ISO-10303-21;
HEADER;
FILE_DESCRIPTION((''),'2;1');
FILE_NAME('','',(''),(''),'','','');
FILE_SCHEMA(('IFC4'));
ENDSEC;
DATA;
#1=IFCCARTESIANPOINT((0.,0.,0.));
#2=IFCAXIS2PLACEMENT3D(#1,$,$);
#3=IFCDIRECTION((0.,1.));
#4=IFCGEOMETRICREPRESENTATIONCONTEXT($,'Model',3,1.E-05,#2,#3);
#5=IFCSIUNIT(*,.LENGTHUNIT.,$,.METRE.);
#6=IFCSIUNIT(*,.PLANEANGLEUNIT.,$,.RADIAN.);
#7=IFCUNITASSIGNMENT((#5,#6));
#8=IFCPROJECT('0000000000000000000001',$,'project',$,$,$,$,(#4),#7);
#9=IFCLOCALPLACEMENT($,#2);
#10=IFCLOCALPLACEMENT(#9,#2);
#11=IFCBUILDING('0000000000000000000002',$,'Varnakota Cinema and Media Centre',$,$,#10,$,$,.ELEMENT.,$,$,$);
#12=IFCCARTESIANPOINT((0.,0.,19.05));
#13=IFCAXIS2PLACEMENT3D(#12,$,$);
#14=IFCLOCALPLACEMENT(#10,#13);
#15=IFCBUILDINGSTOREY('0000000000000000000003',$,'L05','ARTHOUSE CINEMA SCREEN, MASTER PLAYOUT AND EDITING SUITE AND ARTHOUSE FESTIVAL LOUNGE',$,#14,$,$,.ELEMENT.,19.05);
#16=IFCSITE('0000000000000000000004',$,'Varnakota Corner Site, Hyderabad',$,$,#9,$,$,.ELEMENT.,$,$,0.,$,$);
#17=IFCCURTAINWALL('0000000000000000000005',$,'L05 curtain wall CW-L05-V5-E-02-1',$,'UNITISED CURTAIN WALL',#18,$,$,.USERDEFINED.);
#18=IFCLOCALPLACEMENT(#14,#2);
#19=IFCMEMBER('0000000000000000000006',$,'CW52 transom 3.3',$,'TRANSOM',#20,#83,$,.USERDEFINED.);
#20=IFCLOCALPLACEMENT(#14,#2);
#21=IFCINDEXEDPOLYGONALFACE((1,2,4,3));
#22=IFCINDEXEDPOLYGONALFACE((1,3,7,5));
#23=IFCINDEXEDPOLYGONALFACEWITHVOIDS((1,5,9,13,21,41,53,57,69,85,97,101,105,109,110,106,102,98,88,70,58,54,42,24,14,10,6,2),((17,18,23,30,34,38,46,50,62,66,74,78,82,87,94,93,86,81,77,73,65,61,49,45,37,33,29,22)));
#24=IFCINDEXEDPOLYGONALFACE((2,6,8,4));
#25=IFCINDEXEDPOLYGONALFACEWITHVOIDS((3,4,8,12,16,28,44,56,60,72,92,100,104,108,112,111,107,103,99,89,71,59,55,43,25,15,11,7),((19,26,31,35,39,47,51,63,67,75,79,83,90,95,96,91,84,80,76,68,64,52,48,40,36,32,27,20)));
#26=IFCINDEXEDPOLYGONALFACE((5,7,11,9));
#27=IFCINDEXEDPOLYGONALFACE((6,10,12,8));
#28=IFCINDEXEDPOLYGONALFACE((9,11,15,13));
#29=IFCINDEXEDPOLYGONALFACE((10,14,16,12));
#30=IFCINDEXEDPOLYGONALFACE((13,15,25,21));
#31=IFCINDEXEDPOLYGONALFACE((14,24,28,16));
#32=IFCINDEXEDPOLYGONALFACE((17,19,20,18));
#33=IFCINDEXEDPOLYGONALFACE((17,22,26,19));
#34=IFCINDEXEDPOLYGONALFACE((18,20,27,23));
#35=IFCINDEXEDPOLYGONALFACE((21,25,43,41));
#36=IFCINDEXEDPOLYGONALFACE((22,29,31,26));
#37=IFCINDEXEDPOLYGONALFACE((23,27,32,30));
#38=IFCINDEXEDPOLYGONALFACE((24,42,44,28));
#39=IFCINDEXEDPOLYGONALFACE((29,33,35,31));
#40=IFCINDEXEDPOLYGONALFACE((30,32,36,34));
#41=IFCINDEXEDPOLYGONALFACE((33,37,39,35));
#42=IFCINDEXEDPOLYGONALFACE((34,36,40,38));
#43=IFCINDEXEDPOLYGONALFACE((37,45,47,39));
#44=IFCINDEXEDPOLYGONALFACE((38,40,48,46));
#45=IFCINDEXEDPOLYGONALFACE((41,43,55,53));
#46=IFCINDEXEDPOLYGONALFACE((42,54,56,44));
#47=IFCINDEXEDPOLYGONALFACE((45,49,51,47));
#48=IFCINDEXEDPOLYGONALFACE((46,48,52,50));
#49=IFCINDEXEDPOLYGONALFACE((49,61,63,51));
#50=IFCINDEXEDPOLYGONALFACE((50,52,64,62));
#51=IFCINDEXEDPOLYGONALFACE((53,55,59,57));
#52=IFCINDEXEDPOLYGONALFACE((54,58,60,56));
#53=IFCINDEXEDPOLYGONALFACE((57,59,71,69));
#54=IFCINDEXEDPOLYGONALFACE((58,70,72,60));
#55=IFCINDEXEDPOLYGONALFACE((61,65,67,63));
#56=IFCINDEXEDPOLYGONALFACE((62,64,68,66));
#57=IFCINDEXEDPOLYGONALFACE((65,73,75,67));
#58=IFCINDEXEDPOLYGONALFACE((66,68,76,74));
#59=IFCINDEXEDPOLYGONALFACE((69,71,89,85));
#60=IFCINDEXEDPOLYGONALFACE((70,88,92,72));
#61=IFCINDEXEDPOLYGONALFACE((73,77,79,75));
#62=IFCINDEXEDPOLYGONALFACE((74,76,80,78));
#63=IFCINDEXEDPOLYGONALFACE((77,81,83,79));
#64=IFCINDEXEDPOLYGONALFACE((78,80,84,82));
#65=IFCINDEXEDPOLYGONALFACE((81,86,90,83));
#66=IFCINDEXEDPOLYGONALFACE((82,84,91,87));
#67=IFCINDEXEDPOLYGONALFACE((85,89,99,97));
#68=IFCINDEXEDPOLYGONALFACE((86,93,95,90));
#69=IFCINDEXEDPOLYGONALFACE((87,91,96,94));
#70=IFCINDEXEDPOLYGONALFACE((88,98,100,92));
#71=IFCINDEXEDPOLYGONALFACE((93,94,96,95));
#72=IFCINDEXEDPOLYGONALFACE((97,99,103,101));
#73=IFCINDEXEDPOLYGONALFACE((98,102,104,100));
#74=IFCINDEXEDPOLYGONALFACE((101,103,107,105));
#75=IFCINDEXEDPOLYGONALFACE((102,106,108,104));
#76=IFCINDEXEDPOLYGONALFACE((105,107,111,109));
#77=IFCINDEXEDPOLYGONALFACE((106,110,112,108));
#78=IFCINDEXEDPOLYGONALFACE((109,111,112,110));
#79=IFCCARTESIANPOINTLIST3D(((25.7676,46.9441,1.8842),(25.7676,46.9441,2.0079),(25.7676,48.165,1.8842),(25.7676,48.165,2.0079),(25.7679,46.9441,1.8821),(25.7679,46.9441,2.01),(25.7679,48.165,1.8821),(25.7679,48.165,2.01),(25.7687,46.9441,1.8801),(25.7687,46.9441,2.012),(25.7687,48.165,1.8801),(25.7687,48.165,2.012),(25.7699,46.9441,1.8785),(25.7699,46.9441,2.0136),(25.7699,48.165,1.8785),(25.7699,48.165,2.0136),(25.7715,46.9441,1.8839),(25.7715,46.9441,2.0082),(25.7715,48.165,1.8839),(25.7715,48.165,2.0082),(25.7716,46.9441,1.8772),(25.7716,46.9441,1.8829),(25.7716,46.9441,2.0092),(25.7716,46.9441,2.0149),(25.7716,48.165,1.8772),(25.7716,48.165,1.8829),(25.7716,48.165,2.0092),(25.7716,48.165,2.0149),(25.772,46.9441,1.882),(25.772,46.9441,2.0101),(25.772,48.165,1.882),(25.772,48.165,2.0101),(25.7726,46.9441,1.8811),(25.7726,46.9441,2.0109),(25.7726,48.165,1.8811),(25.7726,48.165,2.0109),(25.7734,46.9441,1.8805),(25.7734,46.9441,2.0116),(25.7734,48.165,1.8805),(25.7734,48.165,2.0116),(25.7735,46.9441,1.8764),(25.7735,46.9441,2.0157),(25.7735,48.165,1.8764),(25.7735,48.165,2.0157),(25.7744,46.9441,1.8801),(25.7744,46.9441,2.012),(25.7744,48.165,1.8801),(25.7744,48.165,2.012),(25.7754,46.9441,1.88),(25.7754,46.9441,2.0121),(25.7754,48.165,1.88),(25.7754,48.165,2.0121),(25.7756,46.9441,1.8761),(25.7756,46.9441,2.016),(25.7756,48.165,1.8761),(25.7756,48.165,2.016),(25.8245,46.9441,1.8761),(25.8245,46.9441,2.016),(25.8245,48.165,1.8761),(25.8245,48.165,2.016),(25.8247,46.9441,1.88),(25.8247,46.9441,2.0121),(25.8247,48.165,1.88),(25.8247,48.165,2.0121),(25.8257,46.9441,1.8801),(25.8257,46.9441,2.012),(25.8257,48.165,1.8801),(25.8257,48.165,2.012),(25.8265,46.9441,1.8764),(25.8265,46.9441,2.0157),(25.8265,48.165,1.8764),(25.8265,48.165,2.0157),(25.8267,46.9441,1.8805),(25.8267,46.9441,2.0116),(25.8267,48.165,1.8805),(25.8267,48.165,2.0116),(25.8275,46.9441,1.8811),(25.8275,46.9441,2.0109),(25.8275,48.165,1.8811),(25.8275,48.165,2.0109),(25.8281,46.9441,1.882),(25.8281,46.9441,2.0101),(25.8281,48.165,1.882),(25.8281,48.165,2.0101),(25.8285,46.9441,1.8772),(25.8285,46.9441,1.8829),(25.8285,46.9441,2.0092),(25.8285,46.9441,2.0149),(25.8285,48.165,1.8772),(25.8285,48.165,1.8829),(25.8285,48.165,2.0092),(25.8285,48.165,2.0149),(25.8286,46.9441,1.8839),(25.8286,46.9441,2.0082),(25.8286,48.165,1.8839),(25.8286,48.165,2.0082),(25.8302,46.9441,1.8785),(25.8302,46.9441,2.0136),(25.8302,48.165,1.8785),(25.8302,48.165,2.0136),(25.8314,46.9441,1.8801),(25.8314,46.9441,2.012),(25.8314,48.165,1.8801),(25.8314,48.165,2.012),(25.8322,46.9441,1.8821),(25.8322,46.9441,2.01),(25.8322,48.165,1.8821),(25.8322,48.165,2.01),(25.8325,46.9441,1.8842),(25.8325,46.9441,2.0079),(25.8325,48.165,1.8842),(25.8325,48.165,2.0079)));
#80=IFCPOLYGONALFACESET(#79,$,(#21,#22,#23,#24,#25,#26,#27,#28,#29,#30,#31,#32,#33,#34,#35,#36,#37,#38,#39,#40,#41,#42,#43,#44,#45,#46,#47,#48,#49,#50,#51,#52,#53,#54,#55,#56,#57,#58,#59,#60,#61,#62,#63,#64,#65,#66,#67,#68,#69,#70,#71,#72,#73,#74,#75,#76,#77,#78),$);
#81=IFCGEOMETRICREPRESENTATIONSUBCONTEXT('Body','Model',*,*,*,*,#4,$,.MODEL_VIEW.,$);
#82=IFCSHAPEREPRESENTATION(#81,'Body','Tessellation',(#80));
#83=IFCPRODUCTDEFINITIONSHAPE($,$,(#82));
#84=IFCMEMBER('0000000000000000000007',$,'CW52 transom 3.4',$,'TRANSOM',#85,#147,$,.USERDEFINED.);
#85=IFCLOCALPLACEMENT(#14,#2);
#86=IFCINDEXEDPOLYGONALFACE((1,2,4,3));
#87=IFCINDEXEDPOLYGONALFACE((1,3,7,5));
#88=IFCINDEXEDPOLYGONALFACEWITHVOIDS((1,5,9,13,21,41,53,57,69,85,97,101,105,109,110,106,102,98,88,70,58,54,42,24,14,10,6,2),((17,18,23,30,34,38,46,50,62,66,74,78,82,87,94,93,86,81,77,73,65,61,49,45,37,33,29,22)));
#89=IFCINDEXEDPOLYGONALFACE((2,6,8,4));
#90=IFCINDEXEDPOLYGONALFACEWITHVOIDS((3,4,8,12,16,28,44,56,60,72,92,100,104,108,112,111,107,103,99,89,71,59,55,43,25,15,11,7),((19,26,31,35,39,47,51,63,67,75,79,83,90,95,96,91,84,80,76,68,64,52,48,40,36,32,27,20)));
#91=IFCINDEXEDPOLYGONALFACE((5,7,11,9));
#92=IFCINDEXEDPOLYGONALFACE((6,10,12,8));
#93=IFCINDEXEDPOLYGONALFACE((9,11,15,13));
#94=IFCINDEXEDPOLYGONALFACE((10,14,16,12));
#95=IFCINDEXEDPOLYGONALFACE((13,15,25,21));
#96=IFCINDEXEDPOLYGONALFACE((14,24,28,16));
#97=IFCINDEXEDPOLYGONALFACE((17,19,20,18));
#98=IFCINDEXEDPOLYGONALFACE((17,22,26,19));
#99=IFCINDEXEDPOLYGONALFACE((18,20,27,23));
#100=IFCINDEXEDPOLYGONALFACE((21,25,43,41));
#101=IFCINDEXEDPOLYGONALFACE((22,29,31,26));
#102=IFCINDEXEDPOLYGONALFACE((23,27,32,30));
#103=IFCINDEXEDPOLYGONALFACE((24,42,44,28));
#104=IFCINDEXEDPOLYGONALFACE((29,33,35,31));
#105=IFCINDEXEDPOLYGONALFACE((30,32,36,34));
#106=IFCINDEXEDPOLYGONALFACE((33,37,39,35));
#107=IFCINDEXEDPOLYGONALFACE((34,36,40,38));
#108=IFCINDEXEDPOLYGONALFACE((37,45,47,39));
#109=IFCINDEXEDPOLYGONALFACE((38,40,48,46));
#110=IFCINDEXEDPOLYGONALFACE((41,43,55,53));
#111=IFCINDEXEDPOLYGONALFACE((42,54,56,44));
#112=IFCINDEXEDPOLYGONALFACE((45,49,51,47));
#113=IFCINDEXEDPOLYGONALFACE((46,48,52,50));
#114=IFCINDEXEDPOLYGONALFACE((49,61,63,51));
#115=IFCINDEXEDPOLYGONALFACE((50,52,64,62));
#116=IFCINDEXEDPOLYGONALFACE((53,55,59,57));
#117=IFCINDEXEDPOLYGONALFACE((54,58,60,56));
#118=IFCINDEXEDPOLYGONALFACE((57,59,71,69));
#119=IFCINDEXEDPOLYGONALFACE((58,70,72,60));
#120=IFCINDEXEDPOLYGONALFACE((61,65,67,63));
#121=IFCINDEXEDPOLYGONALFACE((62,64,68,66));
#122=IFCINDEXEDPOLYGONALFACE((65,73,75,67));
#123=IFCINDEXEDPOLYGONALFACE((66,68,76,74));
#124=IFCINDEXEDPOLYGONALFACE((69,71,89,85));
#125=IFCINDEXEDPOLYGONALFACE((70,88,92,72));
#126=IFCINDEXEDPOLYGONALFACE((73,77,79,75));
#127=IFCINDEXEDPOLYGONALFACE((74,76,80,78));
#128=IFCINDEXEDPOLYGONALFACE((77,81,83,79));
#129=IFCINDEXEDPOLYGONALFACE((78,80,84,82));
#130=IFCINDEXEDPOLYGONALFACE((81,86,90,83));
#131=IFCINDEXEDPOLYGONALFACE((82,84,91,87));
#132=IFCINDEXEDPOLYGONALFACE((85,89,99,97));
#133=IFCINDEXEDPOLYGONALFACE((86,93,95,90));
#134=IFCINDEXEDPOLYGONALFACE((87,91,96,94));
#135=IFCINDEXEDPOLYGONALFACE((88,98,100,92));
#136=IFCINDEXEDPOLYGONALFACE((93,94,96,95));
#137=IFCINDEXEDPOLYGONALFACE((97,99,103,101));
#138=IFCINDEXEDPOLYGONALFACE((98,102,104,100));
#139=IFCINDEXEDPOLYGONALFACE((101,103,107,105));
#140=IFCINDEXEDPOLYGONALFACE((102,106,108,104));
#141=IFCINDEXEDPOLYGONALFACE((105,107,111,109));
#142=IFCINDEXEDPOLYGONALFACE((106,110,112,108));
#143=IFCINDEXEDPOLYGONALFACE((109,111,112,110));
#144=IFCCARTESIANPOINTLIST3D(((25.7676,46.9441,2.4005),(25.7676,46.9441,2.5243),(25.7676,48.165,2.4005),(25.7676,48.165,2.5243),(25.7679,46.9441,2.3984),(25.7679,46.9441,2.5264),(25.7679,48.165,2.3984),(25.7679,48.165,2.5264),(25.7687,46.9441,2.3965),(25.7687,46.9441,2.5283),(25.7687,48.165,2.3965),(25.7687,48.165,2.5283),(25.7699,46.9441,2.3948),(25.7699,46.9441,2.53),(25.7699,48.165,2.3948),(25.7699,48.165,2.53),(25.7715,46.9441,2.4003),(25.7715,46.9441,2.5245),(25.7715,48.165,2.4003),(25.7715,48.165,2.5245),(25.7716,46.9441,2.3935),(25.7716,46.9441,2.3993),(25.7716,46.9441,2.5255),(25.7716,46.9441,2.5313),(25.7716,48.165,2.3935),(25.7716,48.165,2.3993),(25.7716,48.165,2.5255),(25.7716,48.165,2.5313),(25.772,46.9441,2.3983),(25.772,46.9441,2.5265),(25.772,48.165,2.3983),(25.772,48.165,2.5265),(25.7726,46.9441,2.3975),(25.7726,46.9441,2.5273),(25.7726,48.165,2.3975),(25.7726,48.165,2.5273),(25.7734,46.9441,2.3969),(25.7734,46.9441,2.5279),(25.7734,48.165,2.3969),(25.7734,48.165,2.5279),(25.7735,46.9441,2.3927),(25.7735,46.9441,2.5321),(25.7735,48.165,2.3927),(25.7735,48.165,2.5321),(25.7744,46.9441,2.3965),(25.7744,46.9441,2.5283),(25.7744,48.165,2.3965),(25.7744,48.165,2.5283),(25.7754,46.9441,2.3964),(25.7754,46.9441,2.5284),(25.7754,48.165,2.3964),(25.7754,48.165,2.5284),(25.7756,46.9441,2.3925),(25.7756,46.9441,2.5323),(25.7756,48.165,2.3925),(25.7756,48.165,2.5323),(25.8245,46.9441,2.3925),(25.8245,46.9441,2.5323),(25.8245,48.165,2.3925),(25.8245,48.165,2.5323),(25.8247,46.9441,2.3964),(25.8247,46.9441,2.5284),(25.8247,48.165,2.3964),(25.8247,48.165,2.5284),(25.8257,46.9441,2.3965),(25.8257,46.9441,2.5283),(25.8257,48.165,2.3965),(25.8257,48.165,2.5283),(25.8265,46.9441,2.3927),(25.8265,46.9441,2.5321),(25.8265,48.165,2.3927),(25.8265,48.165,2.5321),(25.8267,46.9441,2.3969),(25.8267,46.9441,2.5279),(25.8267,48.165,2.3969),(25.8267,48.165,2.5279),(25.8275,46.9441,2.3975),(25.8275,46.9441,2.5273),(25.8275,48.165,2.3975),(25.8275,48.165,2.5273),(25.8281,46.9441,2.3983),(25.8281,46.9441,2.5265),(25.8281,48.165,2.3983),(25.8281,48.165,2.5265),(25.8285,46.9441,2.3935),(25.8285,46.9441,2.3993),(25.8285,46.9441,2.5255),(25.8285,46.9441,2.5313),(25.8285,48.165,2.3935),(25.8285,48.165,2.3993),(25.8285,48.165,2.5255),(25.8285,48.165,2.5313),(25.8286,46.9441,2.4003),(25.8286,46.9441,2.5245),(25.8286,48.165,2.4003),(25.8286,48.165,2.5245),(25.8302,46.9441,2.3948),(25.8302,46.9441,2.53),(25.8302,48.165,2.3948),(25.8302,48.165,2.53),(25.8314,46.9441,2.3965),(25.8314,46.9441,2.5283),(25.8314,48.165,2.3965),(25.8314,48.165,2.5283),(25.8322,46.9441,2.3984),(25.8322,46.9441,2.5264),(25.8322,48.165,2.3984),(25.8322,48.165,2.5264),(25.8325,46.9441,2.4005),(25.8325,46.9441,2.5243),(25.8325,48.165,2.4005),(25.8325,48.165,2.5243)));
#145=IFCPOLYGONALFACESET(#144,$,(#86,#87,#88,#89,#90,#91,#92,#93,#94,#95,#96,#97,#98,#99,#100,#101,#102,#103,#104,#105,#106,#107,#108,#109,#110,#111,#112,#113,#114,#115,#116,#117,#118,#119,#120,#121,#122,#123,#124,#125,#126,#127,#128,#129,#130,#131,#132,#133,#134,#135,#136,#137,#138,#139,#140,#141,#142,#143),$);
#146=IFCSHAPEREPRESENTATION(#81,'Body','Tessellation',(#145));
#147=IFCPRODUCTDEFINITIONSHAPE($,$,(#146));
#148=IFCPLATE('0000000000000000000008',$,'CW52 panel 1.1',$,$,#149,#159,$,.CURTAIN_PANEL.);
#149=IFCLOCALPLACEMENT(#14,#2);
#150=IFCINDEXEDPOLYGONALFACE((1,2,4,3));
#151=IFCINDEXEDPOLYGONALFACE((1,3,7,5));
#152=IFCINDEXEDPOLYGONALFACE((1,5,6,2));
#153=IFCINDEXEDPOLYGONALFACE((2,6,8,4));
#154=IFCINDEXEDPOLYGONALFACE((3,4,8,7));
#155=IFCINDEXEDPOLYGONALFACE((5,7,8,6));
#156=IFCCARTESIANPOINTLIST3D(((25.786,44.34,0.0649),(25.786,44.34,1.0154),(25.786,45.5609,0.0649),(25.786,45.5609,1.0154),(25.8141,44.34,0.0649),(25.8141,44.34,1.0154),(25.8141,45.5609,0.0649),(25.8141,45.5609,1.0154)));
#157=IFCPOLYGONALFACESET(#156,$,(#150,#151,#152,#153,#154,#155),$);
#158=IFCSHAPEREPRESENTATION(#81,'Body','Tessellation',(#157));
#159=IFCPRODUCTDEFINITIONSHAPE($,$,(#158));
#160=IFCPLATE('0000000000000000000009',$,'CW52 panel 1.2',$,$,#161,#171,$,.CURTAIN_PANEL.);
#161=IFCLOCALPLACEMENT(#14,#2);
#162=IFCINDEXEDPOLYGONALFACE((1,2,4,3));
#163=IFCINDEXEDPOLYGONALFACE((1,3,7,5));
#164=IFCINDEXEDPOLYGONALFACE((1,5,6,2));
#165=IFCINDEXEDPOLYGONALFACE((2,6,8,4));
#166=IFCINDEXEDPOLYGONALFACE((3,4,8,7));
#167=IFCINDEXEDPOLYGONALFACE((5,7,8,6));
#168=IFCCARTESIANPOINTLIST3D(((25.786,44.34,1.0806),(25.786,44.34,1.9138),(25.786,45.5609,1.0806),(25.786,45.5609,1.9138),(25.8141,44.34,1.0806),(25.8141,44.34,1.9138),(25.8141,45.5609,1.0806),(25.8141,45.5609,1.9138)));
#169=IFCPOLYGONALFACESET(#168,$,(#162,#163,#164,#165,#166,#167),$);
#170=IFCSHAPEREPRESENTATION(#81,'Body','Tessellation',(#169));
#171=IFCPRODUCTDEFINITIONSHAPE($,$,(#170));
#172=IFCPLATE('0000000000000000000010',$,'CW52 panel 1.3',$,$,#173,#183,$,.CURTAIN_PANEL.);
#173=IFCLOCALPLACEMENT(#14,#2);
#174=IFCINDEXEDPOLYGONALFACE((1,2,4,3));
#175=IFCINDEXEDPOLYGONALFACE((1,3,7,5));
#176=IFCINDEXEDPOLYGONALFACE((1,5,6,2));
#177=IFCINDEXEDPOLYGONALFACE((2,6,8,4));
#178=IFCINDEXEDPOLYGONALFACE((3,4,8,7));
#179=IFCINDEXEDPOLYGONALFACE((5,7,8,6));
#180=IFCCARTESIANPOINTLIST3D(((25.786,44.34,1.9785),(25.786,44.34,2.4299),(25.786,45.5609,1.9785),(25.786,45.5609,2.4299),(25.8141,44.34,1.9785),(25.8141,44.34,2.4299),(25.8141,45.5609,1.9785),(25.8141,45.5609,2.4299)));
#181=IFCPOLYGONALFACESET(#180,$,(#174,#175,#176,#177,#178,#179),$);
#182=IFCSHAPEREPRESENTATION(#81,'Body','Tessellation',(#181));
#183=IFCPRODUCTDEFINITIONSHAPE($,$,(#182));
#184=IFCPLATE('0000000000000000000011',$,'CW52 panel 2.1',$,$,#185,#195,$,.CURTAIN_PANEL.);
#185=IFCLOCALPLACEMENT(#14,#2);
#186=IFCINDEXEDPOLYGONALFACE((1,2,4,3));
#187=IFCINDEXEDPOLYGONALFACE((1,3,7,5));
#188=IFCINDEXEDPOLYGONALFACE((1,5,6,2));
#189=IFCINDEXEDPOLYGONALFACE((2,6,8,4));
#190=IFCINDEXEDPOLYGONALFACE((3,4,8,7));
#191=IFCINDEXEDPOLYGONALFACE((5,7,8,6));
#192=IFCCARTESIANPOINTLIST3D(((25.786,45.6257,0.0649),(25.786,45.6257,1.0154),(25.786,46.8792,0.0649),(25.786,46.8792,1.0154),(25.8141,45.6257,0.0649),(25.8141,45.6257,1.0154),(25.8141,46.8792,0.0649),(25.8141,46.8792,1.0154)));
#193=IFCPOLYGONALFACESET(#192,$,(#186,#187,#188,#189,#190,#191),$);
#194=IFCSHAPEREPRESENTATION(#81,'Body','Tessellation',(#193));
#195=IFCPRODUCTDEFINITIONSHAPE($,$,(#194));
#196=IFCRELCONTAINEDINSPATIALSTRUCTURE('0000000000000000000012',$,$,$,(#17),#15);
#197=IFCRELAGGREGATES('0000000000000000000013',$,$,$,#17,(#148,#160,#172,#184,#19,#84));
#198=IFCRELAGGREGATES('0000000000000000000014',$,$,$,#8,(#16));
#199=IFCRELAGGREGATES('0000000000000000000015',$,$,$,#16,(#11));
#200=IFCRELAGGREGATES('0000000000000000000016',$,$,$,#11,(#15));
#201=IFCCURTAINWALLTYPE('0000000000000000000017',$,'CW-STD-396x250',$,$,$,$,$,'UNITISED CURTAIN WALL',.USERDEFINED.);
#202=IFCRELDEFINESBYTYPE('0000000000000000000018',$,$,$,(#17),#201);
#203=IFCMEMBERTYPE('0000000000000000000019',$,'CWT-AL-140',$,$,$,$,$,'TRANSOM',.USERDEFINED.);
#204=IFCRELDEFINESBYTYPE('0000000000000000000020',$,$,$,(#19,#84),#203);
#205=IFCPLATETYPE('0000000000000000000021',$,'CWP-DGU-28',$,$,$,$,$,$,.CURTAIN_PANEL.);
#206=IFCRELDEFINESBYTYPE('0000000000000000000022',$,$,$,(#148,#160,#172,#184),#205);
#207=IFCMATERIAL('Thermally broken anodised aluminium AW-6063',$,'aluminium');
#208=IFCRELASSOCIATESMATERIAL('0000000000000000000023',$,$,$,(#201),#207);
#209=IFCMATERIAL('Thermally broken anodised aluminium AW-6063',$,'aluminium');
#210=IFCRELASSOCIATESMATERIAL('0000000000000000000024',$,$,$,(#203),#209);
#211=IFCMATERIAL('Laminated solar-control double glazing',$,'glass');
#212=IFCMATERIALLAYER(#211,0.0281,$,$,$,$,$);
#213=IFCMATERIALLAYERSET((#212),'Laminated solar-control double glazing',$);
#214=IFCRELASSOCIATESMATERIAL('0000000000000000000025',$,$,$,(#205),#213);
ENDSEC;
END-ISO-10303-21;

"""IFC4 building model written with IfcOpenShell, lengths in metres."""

from ifc_helpers import new_model, si_unit, direction, frame, origin, origin_2d, place, context, subcontext, project, spatial, rectangle, hollow_rectangle, extrude, material, layer, layer_set, material_profile, profile_set, type_object, element, aggregate, save


model = new_model("IFC4")

# Units and contexts
model_context = context("Model", 3, precision=1e-05, world=origin(), true_north=direction((0.0, 1.0)))
body_context = subcontext(model_context, "Body", "Model", "MODEL_VIEW")
ifc_project = project(units=[si_unit("LENGTHUNIT", "METRE"), si_unit("PLANEANGLEUNIT", "RADIAN")], contexts=[model_context])

# Site, building, storey
site_placement = place(None, origin())
site = spatial("IfcSite", under=ifc_project, at=site_placement, Name="Varnakota Corner Site, Hyderabad", CompositionType="ELEMENT", RefElevation=0.0)
building_placement = place(site_placement, origin())
building = spatial("IfcBuilding", under=site, at=building_placement, Name="Varnakota Cinema and Media Centre", CompositionType="ELEMENT")
storey_placement = place(building_placement, frame((0.0, 0.0, 19.05)))
storey = spatial("IfcBuildingStorey", under=building, at=storey_placement, Name="L05", Description="ARTHOUSE CINEMA SCREEN, MASTER PLAYOUT AND EDITING SUITE AND ARTHOUSE FESTIVAL LOUNGE", CompositionType="ELEMENT", Elevation=19.05)

# Curtain wall, members, plates
ifc_material_1 = material(Name="Thermally broken anodised aluminium AW-6063", Category="aluminium")
curtain_wall_type = type_object("IfcCurtainWallType", Name="CW-STD-396x250", ElementType="UNITISED CURTAIN WALL", PredefinedType="USERDEFINED", material=ifc_material_1)
curtain_wall_placement = place(storey_placement, origin())
curtain_wall = element("IfcCurtainWall", 1, at=curtain_wall_placement, inside=storey, type_object=curtain_wall_type, Name="L05 curtain wall CW-L05-V5-E-02-1", ObjectType="UNITISED CURTAIN WALL", PredefinedType="USERDEFINED")
ifc_material_2 = material(Name="Thermally broken anodised aluminium AW-6063", Category="aluminium")
ifc_material_profile_1 = material_profile(ifc_material_2, hollow_rectangle(XDim=0.0649, YDim=0.1399, WallThickness=0.0039, InnerFilletRadius=0.0039, OuterFilletRadius=0.0081, at=origin_2d()), Name="AL-TRANSOM 140x65x4")
ifc_profile_set_1 = profile_set([ifc_material_profile_1], Name="Thermally broken anodised aluminium AW-6063")
member_type_1 = type_object("IfcMemberType", Name="CWT-AL-140", ElementType="TRANSOM", PredefinedType="USERDEFINED", material=ifc_profile_set_1)
member_1_placement = place(storey_placement, frame((25.8, 46.9441, 1.946), z_axis=(0.0, 1.0, 0.0), x_axis=(-1.0, 0.0, 0.0)))
member_1 = element("IfcMember", 2, at=member_1_placement, type_object=member_type_1, Name="CW52 transom 3.3", ObjectType="TRANSOM", PredefinedType="USERDEFINED", context=body_context, shape_type="SweptSolid", body=[
    extrude(hollow_rectangle(XDim=0.0649, YDim=0.1399, WallThickness=0.0039, InnerFilletRadius=0.0039, OuterFilletRadius=0.0081, at=origin_2d()), origin(), (0.0, 0.0, 1.0), 1.2209),
])
member_2_placement = place(storey_placement, frame((25.8, 46.9441, 2.4624), z_axis=(0.0, 1.0, 0.0), x_axis=(-1.0, 0.0, 0.0)))
member_2 = element("IfcMember", 3, at=member_2_placement, type_object=member_type_1, Name="CW52 transom 3.4", ObjectType="TRANSOM", PredefinedType="USERDEFINED", context=body_context, shape_type="SweptSolid", body=[
    extrude(hollow_rectangle(XDim=0.0649, YDim=0.1399, WallThickness=0.0039, InnerFilletRadius=0.0039, OuterFilletRadius=0.0081, at=origin_2d()), origin(), (0.0, 0.0, 1.0), 1.2209),
])
ifc_material_3 = material(Name="Laminated solar-control double glazing", Category="glass")
ifc_layer_1 = layer(ifc_material_3, 0.0281)
ifc_layer_set_1 = layer_set([ifc_layer_1], Name="Laminated solar-control double glazing")
plate_type = type_object("IfcPlateType", Name="CWP-DGU-28", PredefinedType="CURTAIN_PANEL", material=ifc_layer_set_1)
plate_1_placement = place(storey_placement, frame((25.8, 44.9504, 0.0649), z_axis=(0.0, 0.0, 1.0), x_axis=(0.0, 1.0, 0.0)))
plate_1 = element("IfcPlate", 4, at=plate_1_placement, type_object=plate_type, Name="CW52 panel 1.1", PredefinedType="CURTAIN_PANEL", context=body_context, shape_type="SweptSolid", body=[
    extrude(rectangle(XDim=1.2209, YDim=0.0281, at=origin_2d()), origin(), (0.0, 0.0, 1.0), 0.9504),
])
plate_2_placement = place(storey_placement, frame((25.8, 44.9504, 1.0806), z_axis=(0.0, 0.0, 1.0), x_axis=(0.0, 1.0, 0.0)))
plate_2 = element("IfcPlate", 5, at=plate_2_placement, type_object=plate_type, Name="CW52 panel 1.2", PredefinedType="CURTAIN_PANEL", context=body_context, shape_type="SweptSolid", body=[
    extrude(rectangle(XDim=1.2209, YDim=0.0281, at=origin_2d()), origin(), (0.0, 0.0, 1.0), 0.8333),
])
plate_3_placement = place(storey_placement, frame((25.8, 44.9504, 1.9785), z_axis=(0.0, 0.0, 1.0), x_axis=(0.0, 1.0, 0.0)))
plate_3 = element("IfcPlate", 6, at=plate_3_placement, type_object=plate_type, Name="CW52 panel 1.3", PredefinedType="CURTAIN_PANEL", context=body_context, shape_type="SweptSolid", body=[
    extrude(rectangle(XDim=1.2209, YDim=0.0281, at=origin_2d()), origin(), (0.0, 0.0, 1.0), 0.4514),
])
plate_4_placement = place(storey_placement, frame((25.8, 46.2524, 0.0649), z_axis=(0.0, 0.0, 1.0), x_axis=(0.0, 1.0, 0.0)))
plate_4 = element("IfcPlate", 7, at=plate_4_placement, type_object=plate_type, Name="CW52 panel 2.1", PredefinedType="CURTAIN_PANEL", context=body_context, shape_type="SweptSolid", body=[
    extrude(rectangle(XDim=1.2534, YDim=0.0281, at=origin_2d()), origin(), (0.0, 0.0, 1.0), 0.9504),
])
aggregate(curtain_wall, [plate_1, plate_2, plate_3, plate_4, member_1, member_2])

save(model, "model.ifc")
